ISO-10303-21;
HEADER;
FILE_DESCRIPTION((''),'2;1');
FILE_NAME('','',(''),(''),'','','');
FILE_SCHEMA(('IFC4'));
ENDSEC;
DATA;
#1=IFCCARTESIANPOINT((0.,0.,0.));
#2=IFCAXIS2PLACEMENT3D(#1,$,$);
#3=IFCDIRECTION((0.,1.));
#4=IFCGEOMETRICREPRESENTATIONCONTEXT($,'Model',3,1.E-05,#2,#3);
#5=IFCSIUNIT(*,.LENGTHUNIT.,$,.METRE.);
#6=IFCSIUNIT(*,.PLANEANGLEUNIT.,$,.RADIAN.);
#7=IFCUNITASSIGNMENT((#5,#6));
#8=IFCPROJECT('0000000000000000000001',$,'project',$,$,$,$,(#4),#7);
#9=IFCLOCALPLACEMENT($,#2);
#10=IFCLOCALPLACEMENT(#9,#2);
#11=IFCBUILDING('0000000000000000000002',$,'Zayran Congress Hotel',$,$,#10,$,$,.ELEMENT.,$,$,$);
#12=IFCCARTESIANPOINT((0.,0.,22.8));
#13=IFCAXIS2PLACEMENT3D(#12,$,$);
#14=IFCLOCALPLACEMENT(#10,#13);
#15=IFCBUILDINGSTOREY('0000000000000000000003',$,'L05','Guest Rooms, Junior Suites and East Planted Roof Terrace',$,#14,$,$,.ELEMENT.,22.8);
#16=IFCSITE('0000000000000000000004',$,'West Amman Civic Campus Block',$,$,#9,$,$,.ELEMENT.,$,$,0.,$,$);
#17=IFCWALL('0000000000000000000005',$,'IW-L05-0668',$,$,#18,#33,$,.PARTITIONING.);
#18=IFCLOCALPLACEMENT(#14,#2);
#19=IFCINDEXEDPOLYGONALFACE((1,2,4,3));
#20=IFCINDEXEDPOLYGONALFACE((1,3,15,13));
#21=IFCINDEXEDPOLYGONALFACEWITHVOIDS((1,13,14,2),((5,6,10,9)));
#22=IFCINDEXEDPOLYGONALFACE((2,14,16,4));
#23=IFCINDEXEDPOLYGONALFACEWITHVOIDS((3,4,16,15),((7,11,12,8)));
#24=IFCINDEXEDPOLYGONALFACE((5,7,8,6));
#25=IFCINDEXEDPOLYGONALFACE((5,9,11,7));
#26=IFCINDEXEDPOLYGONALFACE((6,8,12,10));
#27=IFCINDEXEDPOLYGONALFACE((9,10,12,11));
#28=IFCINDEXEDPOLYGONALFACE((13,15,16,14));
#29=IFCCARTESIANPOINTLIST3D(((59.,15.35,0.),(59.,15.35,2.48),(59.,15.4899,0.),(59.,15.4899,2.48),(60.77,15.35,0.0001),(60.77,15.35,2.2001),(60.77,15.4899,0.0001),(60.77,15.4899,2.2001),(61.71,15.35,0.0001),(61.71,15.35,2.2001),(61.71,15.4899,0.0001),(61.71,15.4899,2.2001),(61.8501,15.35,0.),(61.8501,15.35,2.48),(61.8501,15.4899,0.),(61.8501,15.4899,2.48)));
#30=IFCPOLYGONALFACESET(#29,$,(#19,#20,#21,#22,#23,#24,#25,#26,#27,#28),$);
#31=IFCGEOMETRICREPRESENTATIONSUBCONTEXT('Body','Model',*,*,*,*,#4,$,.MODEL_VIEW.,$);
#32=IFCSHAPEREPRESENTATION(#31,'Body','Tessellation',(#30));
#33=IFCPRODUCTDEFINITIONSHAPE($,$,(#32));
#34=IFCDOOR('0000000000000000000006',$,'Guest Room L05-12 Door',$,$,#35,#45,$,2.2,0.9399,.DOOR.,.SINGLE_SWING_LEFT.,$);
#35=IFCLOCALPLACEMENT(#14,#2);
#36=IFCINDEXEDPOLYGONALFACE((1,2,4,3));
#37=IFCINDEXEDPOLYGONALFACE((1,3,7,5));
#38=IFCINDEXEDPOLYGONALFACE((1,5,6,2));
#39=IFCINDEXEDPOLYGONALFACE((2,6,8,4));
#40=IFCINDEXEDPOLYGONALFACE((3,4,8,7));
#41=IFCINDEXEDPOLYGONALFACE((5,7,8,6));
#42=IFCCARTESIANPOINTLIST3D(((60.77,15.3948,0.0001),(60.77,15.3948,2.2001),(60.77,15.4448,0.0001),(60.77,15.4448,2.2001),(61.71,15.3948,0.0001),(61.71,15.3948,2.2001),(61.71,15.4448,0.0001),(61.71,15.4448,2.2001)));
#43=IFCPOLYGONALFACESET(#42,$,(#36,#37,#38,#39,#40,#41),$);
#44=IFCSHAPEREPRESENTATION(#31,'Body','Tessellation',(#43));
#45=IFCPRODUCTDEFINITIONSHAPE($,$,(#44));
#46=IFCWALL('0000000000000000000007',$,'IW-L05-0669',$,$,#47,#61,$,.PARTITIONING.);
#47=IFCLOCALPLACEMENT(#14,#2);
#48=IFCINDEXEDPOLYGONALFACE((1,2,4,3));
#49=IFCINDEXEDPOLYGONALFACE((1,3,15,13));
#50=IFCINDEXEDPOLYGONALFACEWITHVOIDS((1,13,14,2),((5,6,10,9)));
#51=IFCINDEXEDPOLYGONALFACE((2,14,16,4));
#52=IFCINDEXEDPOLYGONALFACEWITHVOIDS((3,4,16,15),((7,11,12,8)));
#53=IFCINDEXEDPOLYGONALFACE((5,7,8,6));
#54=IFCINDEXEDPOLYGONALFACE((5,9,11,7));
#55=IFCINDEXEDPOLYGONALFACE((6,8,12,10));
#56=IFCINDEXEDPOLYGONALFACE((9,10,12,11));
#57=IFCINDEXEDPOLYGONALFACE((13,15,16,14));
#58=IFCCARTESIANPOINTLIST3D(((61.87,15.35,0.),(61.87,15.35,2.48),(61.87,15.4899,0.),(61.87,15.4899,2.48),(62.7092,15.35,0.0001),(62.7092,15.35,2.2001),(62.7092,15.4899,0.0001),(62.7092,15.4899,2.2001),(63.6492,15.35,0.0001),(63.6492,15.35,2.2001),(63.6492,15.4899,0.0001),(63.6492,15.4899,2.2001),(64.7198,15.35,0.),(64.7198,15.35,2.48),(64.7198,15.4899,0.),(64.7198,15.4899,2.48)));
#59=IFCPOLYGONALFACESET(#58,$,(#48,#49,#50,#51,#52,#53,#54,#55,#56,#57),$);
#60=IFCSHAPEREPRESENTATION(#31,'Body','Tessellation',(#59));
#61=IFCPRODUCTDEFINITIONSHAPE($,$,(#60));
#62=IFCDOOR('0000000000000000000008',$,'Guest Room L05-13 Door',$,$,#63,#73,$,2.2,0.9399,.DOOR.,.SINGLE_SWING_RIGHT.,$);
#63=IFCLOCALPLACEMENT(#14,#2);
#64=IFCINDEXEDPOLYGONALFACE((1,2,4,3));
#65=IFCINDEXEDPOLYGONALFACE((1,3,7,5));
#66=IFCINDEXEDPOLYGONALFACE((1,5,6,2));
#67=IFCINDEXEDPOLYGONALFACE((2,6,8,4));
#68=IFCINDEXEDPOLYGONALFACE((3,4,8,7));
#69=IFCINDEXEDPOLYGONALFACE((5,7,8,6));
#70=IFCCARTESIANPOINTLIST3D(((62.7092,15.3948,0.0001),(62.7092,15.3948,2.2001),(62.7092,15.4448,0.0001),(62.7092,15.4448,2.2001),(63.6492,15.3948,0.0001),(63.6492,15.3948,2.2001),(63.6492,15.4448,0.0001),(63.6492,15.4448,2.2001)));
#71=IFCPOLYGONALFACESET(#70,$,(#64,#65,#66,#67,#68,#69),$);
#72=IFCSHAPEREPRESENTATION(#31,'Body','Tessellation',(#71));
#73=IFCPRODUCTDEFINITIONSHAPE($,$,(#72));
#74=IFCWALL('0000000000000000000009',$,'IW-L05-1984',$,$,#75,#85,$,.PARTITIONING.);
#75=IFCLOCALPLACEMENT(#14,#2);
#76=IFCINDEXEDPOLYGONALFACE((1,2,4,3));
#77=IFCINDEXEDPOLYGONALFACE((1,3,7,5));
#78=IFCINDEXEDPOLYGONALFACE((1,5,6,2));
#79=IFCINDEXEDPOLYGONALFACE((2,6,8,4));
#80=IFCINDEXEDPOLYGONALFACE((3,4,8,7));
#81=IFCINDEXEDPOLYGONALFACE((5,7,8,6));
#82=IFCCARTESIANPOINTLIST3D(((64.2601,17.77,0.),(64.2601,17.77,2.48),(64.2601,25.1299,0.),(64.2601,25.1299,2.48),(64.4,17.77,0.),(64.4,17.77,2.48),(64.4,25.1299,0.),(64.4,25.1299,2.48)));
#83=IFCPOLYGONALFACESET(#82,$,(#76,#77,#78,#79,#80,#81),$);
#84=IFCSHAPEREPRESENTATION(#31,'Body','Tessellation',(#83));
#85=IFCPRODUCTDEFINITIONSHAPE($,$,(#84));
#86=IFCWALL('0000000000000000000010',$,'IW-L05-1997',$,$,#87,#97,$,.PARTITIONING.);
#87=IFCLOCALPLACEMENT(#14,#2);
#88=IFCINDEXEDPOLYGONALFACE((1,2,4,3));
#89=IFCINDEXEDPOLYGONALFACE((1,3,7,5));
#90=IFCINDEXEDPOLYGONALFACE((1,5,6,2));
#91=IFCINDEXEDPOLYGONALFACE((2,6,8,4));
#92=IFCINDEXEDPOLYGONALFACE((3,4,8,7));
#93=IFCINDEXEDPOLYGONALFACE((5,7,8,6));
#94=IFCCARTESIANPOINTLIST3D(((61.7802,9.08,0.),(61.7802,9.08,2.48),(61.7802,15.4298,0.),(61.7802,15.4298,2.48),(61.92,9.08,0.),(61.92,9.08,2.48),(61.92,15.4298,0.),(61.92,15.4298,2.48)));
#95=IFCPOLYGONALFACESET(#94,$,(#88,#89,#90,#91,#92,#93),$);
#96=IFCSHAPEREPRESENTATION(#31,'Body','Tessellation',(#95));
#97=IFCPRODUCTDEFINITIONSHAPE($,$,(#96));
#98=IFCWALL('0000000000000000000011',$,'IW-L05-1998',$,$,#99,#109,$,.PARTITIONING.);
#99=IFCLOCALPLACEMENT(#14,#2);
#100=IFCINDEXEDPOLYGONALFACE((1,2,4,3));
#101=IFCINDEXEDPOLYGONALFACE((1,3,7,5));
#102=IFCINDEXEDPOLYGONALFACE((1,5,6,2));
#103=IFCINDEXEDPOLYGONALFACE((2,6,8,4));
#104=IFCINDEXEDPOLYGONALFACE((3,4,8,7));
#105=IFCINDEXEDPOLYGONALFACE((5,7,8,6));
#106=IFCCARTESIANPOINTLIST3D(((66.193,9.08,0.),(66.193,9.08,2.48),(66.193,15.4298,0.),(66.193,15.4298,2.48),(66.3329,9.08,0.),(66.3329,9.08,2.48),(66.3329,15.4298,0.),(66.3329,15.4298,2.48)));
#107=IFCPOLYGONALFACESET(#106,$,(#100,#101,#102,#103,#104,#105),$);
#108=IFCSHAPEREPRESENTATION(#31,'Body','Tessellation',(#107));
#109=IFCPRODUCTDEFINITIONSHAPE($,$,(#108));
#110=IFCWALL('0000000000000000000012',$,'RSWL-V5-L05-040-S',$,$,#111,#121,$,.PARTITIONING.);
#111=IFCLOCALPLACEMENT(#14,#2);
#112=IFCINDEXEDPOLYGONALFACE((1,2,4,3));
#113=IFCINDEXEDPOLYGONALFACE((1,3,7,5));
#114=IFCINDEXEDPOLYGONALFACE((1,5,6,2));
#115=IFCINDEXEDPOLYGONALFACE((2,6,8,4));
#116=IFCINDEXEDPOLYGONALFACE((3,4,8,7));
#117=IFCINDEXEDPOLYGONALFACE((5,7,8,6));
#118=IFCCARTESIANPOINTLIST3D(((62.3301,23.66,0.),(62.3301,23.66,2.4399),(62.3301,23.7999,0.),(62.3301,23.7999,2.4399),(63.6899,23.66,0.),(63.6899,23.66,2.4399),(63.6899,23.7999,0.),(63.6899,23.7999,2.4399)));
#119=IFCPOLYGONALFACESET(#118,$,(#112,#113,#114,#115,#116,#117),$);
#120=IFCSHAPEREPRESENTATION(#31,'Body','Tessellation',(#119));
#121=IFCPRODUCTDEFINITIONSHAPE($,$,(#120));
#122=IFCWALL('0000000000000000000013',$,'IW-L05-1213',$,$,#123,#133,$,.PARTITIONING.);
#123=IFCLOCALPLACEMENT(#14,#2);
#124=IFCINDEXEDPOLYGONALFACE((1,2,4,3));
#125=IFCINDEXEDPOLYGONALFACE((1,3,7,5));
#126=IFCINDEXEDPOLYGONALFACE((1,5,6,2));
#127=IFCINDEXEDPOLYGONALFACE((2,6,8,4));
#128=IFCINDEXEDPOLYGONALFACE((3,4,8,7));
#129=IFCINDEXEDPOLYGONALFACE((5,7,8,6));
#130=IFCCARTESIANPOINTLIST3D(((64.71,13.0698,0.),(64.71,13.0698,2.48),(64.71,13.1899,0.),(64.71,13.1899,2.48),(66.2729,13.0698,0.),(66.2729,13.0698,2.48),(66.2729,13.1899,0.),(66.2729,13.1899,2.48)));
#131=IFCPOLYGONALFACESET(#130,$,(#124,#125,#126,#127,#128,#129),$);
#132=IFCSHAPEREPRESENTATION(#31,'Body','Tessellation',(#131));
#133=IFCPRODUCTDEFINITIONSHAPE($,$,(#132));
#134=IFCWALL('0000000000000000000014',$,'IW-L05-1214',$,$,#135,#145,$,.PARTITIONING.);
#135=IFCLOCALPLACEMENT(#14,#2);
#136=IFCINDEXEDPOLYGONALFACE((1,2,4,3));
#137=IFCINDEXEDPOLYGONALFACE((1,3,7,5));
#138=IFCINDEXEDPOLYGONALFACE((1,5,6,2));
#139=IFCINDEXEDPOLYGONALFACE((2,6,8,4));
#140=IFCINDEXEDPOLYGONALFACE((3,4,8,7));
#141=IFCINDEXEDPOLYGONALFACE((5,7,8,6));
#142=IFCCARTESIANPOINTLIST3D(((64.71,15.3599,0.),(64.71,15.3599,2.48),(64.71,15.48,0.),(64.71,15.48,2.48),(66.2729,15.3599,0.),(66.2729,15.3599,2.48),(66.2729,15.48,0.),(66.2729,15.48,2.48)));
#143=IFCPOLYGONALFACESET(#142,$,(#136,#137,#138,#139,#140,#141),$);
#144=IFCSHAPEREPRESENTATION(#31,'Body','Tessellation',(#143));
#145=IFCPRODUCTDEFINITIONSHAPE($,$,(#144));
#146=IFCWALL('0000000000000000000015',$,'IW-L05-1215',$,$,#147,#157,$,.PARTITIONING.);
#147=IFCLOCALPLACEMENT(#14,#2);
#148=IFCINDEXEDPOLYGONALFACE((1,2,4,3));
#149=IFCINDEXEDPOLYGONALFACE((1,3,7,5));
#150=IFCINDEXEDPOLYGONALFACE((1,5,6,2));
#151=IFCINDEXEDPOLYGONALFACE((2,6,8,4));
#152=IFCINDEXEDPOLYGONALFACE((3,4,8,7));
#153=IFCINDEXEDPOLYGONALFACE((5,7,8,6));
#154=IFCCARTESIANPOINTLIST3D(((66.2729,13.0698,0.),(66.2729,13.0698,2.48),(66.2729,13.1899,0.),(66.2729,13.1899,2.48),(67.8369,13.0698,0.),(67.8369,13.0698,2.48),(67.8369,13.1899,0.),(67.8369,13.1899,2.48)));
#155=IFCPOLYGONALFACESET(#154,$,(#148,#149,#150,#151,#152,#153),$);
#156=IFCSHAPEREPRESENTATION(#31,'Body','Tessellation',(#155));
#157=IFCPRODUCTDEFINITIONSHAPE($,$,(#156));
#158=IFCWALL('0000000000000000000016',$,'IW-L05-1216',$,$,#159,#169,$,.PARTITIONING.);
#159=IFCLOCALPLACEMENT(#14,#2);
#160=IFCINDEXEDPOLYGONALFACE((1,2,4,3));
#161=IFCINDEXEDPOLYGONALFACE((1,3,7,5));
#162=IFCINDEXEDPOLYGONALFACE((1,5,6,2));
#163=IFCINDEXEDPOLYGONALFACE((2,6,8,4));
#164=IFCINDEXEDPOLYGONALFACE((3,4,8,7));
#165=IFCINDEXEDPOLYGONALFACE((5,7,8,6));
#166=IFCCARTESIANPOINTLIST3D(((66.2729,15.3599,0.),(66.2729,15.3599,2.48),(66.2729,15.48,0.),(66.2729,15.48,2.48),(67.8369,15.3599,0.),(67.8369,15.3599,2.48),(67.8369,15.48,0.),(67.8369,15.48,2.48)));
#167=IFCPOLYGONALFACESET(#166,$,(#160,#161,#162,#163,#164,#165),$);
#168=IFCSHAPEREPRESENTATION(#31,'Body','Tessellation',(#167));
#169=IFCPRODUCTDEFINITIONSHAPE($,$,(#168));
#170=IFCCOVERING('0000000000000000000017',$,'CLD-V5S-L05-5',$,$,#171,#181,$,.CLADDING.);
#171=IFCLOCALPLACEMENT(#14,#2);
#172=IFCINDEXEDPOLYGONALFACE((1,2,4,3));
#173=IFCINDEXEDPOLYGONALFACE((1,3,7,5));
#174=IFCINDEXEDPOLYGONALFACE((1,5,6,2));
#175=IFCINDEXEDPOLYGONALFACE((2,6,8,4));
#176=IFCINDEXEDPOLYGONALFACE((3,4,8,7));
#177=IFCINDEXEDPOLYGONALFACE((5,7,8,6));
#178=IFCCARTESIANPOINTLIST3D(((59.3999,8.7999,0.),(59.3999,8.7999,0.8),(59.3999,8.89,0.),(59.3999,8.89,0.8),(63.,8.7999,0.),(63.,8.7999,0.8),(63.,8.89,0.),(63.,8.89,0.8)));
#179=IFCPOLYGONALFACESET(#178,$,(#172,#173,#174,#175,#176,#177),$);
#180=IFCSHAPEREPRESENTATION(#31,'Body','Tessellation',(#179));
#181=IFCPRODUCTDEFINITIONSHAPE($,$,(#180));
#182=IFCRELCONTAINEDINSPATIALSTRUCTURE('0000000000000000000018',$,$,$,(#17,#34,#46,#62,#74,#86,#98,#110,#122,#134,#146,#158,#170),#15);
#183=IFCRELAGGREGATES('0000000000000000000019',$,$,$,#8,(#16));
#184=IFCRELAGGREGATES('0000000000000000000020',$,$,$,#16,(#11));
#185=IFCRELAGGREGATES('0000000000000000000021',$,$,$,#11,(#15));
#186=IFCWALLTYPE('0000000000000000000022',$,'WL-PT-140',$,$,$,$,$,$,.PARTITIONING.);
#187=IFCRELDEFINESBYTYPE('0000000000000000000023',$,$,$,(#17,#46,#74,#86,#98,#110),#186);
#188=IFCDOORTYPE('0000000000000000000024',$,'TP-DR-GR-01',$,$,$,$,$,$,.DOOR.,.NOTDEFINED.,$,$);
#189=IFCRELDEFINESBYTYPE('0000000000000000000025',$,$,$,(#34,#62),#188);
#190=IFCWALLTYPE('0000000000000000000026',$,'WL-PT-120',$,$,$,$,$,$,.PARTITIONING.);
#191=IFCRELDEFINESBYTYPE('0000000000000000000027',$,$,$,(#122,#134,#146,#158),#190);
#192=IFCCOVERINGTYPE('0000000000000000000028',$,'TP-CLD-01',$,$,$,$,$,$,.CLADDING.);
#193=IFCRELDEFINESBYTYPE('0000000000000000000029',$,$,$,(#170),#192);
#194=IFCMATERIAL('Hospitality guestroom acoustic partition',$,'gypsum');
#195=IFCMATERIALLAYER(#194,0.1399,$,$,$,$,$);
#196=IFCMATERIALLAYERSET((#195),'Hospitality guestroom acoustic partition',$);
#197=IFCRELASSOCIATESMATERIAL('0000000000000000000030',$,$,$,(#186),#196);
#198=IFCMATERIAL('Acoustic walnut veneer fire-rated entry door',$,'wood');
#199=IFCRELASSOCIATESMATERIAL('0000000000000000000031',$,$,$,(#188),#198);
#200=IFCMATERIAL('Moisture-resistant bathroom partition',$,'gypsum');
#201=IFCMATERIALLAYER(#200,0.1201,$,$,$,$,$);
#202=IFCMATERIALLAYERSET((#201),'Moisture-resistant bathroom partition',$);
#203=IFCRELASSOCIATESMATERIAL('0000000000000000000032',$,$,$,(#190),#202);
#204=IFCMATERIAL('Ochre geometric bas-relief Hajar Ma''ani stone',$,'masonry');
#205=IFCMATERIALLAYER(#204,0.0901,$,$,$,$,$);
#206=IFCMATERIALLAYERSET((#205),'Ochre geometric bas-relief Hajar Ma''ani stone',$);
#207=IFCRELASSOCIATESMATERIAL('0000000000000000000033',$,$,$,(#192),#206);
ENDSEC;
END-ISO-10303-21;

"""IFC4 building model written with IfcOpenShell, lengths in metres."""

from ifc_helpers import new_model, si_unit, direction, frame, frame_2d, origin, origin_2d, place, context, subcontext, project, spatial, rectangle, extrude, material, layer, layer_set, type_object, element, fill, save


model = new_model("IFC4")

# Units and contexts
model_context = context("Model", 3, precision=1e-05, world=origin(), true_north=direction((0.0, 1.0)))
body_context = subcontext(model_context, "Body", "Model", "MODEL_VIEW")
ifc_project = project(units=[si_unit("LENGTHUNIT", "METRE"), si_unit("PLANEANGLEUNIT", "RADIAN")], contexts=[model_context])

# Site, building, storey
site_placement = place(None, origin())
site = spatial("IfcSite", under=ifc_project, at=site_placement, Name="West Amman Civic Campus Block", CompositionType="ELEMENT", RefElevation=0.0)
building_placement = place(site_placement, origin())
building = spatial("IfcBuilding", under=site, at=building_placement, Name="Zayran Congress Hotel", CompositionType="ELEMENT")
storey_placement = place(building_placement, frame((0.0, 0.0, 22.8)))
storey = spatial("IfcBuildingStorey", under=building, at=storey_placement, Name="L05", Description="Guest Rooms, Junior Suites and East Planted Roof Terrace", CompositionType="ELEMENT", Elevation=22.8)

# Walls, openings, doors
ifc_material_1 = material(Name="Hospitality guestroom acoustic partition", Category="gypsum")
ifc_layer_1 = layer(ifc_material_1, 0.1399)
ifc_layer_set_1 = layer_set([ifc_layer_1], Name="Hospitality guestroom acoustic partition")
wall_type_1 = type_object("IfcWallType", Name="WL-PT-140", PredefinedType="PARTITIONING", material=ifc_layer_set_1)
wall_1_placement = place(storey_placement, frame((59.0, 15.4199, 0.0), z_axis=(0.0, 0.0, 1.0), x_axis=(1.0, 0.0, 0.0)))
wall_1 = element("IfcWall", 1, at=wall_1_placement, inside=storey, type_object=wall_type_1, Name="IW-L05-0668", PredefinedType="PARTITIONING", context=body_context, shape_type="SweptSolid", body=[
    extrude(rectangle(XDim=2.8501, YDim=0.1399, at=frame_2d((1.425, 0.0))), origin(), (0.0, 0.0, 1.0), 2.48),
])
opening_1_placement = place(wall_1_placement, frame((1.77, 0.0, 0.0)))
opening_1 = element("IfcOpeningElement", 2, at=opening_1_placement, cuts=wall_1, PredefinedType="OPENING", context=body_context, shape_type="SweptSolid", body=[
    extrude(rectangle(XDim=0.9399, YDim=2.2, at=frame_2d((0.47, 1.1001))), frame((0.0, 0.0798, 0.0), z_axis=(0.0, -1.0, 0.0), x_axis=(1.0, 0.0, 0.0)), (0.0, 0.0, 1.0), 0.1599),
])
ifc_material_2 = material(Name="Acoustic walnut veneer fire-rated entry door", Category="wood")
door_type_1 = type_object("IfcDoorType", Name="TP-DR-GR-01", OperationType="NOTDEFINED", PredefinedType="DOOR", material=ifc_material_2)
door_1_placement = place(opening_1_placement, origin())
door_1 = element("IfcDoor", 3, at=door_1_placement, inside=storey, type_object=door_type_1, Name="Guest Room L05-12 Door", OperationType="SINGLE_SWING_LEFT", OverallHeight=2.2, OverallWidth=0.9399, PredefinedType="DOOR", context=body_context, shape_type="SweptSolid", body=[
    extrude(rectangle(XDim=0.9399, YDim=2.2, at=frame_2d((0.47, 1.1001))), frame((0.0, 0.0249, 0.0), z_axis=(0.0, -1.0, 0.0), x_axis=(1.0, 0.0, 0.0)), (0.0, 0.0, 1.0), 0.05),
])
fill(opening_1, door_1)
wall_2_placement = place(storey_placement, frame((61.8701, 15.4199, 0.0), z_axis=(0.0, 0.0, 1.0), x_axis=(1.0, 0.0, 0.0)))
wall_2 = element("IfcWall", 4, at=wall_2_placement, inside=storey, type_object=wall_type_1, Name="IW-L05-0669", PredefinedType="PARTITIONING", context=body_context, shape_type="SweptSolid", body=[
    extrude(rectangle(XDim=2.8499, YDim=0.1399, at=frame_2d((1.4248, 0.0))), origin(), (0.0, 0.0, 1.0), 2.48),
])
opening_2_placement = place(wall_2_placement, frame((0.8391, 0.0, 0.0)))
opening_2 = element("IfcOpeningElement", 5, at=opening_2_placement, cuts=wall_2, PredefinedType="OPENING", context=body_context, shape_type="SweptSolid", body=[
    extrude(rectangle(XDim=0.9399, YDim=2.2, at=frame_2d((0.47, 1.1001))), frame((0.0, 0.0798, 0.0), z_axis=(0.0, -1.0, 0.0), x_axis=(1.0, 0.0, 0.0)), (0.0, 0.0, 1.0), 0.1599),
])
door_2_placement = place(opening_2_placement, origin())
door_2 = element("IfcDoor", 6, at=door_2_placement, inside=storey, type_object=door_type_1, Name="Guest Room L05-13 Door", OperationType="SINGLE_SWING_RIGHT", OverallHeight=2.2, OverallWidth=0.9399, PredefinedType="DOOR", context=body_context, shape_type="SweptSolid", body=[
    extrude(rectangle(XDim=0.9399, YDim=2.2, at=frame_2d((0.47, 1.1001))), frame((0.0, 0.0249, 0.0), z_axis=(0.0, -1.0, 0.0), x_axis=(1.0, 0.0, 0.0)), (0.0, 0.0, 1.0), 0.05),
])
fill(opening_2, door_2)

# Walls
wall_3_placement = place(storey_placement, frame((64.3301, 17.77, 0.0), z_axis=(0.0, 0.0, 1.0), x_axis=(0.0, 1.0, 0.0)))
element("IfcWall", 7, at=wall_3_placement, inside=storey, type_object=wall_type_1, Name="IW-L05-1984", PredefinedType="PARTITIONING", context=body_context, shape_type="SweptSolid", body=[
    extrude(rectangle(XDim=7.3599, YDim=0.1399, at=frame_2d((3.6799, 0.0))), origin(), (0.0, 0.0, 1.0), 2.48),
])
for number, where, z_axis, x_axis, name in (
    (8, (61.8501, 9.0801, 0.0), (0.0, 0.0, 1.0), (0.0, 1.0, 0.0), "IW-L05-1997"),
    (9, (66.2629, 9.0801, 0.0), (0.0, 0.0, 1.0), (0.0, 1.0, 0.0), "IW-L05-1998"),
):
    element("IfcWall", number, at=place(storey_placement, frame(where, z_axis=z_axis, x_axis=x_axis)), inside=storey, type_object=wall_type_1, Name=name, PredefinedType="PARTITIONING", context=body_context, shape_type="SweptSolid", body=[
        extrude(rectangle(XDim=6.3499, YDim=0.1399, at=frame_2d((3.1748, 0.0))), origin(), (0.0, 0.0, 1.0), 2.48),
    ])
wall_4_placement = place(storey_placement, frame((62.3301, 23.73, 0.0), z_axis=(0.0, 0.0, 1.0), x_axis=(1.0, 0.0, 0.0)))
element("IfcWall", 10, at=wall_4_placement, inside=storey, type_object=wall_type_1, Name="RSWL-V5-L05-040-S", PredefinedType="PARTITIONING", context=body_context, shape_type="SweptSolid", body=[
    extrude(rectangle(XDim=1.3599, YDim=0.1399, at=frame_2d((0.6799, 0.0))), origin(), (0.0, 0.0, 1.0), 2.4399),
])

# Shared definitions
ifc_material_3 = material(Name="Moisture-resistant bathroom partition", Category="gypsum")
ifc_layer_2 = layer(ifc_material_3, 0.1201)
ifc_layer_set_2 = layer_set([ifc_layer_2], Name="Moisture-resistant bathroom partition")
wall_type_2 = type_object("IfcWallType", Name="WL-PT-120", PredefinedType="PARTITIONING", material=ifc_layer_set_2)

# Walls
for number, where, z_axis, x_axis, name in (
    (11, (64.71, 13.1299, 0.0), (0.0, 0.0, 1.0), (1.0, 0.0, 0.0), "IW-L05-1213"),
    (12, (64.71, 15.4199, 0.0), (0.0, 0.0, 1.0), (1.0, 0.0, 0.0), "IW-L05-1214"),
):
    element("IfcWall", number, at=place(storey_placement, frame(where, z_axis=z_axis, x_axis=x_axis)), inside=storey, type_object=wall_type_2, Name=name, PredefinedType="PARTITIONING", context=body_context, shape_type="SweptSolid", body=[
        extrude(rectangle(XDim=1.563, YDim=0.1201, at=frame_2d((0.7815, 0.0))), origin(), (0.0, 0.0, 1.0), 2.48),
    ])
for number, where, z_axis, x_axis, name in (
    (13, (66.2729, 13.1299, 0.0), (0.0, 0.0, 1.0), (1.0, 0.0, 0.0), "IW-L05-1215"),
    (14, (66.2729, 15.4199, 0.0), (0.0, 0.0, 1.0), (1.0, 0.0, 0.0), "IW-L05-1216"),
):
    element("IfcWall", number, at=place(storey_placement, frame(where, z_axis=z_axis, x_axis=x_axis)), inside=storey, type_object=wall_type_2, Name=name, PredefinedType="PARTITIONING", context=body_context, shape_type="SweptSolid", body=[
        extrude(rectangle(XDim=1.564, YDim=0.1201, at=frame_2d((0.782, 0.0))), origin(), (0.0, 0.0, 1.0), 2.48),
    ])

# Covering
ifc_material_4 = material(Name="Ochre geometric bas-relief Hajar Ma'ani stone", Category="masonry")
ifc_layer_3 = layer(ifc_material_4, 0.0901)
ifc_layer_set_3 = layer_set([ifc_layer_3], Name="Ochre geometric bas-relief Hajar Ma'ani stone")
covering_type = type_object("IfcCoveringType", Name="TP-CLD-01", PredefinedType="CLADDING", material=ifc_layer_set_3)
covering_placement = place(storey_placement, frame((61.2, 8.845, 0.0), z_axis=(0.0, 0.0, 1.0), x_axis=(1.0, 0.0, 0.0)))
element("IfcCovering", 15, at=covering_placement, inside=storey, type_object=covering_type, Name="CLD-V5S-L05-5", PredefinedType="CLADDING", context=body_context, shape_type="SweptSolid", body=[
    extrude(rectangle(XDim=3.6001, YDim=0.0901, at=origin_2d()), origin(), (0.0, 0.0, 1.0), 0.8),
])

save(model, "model.ifc")
